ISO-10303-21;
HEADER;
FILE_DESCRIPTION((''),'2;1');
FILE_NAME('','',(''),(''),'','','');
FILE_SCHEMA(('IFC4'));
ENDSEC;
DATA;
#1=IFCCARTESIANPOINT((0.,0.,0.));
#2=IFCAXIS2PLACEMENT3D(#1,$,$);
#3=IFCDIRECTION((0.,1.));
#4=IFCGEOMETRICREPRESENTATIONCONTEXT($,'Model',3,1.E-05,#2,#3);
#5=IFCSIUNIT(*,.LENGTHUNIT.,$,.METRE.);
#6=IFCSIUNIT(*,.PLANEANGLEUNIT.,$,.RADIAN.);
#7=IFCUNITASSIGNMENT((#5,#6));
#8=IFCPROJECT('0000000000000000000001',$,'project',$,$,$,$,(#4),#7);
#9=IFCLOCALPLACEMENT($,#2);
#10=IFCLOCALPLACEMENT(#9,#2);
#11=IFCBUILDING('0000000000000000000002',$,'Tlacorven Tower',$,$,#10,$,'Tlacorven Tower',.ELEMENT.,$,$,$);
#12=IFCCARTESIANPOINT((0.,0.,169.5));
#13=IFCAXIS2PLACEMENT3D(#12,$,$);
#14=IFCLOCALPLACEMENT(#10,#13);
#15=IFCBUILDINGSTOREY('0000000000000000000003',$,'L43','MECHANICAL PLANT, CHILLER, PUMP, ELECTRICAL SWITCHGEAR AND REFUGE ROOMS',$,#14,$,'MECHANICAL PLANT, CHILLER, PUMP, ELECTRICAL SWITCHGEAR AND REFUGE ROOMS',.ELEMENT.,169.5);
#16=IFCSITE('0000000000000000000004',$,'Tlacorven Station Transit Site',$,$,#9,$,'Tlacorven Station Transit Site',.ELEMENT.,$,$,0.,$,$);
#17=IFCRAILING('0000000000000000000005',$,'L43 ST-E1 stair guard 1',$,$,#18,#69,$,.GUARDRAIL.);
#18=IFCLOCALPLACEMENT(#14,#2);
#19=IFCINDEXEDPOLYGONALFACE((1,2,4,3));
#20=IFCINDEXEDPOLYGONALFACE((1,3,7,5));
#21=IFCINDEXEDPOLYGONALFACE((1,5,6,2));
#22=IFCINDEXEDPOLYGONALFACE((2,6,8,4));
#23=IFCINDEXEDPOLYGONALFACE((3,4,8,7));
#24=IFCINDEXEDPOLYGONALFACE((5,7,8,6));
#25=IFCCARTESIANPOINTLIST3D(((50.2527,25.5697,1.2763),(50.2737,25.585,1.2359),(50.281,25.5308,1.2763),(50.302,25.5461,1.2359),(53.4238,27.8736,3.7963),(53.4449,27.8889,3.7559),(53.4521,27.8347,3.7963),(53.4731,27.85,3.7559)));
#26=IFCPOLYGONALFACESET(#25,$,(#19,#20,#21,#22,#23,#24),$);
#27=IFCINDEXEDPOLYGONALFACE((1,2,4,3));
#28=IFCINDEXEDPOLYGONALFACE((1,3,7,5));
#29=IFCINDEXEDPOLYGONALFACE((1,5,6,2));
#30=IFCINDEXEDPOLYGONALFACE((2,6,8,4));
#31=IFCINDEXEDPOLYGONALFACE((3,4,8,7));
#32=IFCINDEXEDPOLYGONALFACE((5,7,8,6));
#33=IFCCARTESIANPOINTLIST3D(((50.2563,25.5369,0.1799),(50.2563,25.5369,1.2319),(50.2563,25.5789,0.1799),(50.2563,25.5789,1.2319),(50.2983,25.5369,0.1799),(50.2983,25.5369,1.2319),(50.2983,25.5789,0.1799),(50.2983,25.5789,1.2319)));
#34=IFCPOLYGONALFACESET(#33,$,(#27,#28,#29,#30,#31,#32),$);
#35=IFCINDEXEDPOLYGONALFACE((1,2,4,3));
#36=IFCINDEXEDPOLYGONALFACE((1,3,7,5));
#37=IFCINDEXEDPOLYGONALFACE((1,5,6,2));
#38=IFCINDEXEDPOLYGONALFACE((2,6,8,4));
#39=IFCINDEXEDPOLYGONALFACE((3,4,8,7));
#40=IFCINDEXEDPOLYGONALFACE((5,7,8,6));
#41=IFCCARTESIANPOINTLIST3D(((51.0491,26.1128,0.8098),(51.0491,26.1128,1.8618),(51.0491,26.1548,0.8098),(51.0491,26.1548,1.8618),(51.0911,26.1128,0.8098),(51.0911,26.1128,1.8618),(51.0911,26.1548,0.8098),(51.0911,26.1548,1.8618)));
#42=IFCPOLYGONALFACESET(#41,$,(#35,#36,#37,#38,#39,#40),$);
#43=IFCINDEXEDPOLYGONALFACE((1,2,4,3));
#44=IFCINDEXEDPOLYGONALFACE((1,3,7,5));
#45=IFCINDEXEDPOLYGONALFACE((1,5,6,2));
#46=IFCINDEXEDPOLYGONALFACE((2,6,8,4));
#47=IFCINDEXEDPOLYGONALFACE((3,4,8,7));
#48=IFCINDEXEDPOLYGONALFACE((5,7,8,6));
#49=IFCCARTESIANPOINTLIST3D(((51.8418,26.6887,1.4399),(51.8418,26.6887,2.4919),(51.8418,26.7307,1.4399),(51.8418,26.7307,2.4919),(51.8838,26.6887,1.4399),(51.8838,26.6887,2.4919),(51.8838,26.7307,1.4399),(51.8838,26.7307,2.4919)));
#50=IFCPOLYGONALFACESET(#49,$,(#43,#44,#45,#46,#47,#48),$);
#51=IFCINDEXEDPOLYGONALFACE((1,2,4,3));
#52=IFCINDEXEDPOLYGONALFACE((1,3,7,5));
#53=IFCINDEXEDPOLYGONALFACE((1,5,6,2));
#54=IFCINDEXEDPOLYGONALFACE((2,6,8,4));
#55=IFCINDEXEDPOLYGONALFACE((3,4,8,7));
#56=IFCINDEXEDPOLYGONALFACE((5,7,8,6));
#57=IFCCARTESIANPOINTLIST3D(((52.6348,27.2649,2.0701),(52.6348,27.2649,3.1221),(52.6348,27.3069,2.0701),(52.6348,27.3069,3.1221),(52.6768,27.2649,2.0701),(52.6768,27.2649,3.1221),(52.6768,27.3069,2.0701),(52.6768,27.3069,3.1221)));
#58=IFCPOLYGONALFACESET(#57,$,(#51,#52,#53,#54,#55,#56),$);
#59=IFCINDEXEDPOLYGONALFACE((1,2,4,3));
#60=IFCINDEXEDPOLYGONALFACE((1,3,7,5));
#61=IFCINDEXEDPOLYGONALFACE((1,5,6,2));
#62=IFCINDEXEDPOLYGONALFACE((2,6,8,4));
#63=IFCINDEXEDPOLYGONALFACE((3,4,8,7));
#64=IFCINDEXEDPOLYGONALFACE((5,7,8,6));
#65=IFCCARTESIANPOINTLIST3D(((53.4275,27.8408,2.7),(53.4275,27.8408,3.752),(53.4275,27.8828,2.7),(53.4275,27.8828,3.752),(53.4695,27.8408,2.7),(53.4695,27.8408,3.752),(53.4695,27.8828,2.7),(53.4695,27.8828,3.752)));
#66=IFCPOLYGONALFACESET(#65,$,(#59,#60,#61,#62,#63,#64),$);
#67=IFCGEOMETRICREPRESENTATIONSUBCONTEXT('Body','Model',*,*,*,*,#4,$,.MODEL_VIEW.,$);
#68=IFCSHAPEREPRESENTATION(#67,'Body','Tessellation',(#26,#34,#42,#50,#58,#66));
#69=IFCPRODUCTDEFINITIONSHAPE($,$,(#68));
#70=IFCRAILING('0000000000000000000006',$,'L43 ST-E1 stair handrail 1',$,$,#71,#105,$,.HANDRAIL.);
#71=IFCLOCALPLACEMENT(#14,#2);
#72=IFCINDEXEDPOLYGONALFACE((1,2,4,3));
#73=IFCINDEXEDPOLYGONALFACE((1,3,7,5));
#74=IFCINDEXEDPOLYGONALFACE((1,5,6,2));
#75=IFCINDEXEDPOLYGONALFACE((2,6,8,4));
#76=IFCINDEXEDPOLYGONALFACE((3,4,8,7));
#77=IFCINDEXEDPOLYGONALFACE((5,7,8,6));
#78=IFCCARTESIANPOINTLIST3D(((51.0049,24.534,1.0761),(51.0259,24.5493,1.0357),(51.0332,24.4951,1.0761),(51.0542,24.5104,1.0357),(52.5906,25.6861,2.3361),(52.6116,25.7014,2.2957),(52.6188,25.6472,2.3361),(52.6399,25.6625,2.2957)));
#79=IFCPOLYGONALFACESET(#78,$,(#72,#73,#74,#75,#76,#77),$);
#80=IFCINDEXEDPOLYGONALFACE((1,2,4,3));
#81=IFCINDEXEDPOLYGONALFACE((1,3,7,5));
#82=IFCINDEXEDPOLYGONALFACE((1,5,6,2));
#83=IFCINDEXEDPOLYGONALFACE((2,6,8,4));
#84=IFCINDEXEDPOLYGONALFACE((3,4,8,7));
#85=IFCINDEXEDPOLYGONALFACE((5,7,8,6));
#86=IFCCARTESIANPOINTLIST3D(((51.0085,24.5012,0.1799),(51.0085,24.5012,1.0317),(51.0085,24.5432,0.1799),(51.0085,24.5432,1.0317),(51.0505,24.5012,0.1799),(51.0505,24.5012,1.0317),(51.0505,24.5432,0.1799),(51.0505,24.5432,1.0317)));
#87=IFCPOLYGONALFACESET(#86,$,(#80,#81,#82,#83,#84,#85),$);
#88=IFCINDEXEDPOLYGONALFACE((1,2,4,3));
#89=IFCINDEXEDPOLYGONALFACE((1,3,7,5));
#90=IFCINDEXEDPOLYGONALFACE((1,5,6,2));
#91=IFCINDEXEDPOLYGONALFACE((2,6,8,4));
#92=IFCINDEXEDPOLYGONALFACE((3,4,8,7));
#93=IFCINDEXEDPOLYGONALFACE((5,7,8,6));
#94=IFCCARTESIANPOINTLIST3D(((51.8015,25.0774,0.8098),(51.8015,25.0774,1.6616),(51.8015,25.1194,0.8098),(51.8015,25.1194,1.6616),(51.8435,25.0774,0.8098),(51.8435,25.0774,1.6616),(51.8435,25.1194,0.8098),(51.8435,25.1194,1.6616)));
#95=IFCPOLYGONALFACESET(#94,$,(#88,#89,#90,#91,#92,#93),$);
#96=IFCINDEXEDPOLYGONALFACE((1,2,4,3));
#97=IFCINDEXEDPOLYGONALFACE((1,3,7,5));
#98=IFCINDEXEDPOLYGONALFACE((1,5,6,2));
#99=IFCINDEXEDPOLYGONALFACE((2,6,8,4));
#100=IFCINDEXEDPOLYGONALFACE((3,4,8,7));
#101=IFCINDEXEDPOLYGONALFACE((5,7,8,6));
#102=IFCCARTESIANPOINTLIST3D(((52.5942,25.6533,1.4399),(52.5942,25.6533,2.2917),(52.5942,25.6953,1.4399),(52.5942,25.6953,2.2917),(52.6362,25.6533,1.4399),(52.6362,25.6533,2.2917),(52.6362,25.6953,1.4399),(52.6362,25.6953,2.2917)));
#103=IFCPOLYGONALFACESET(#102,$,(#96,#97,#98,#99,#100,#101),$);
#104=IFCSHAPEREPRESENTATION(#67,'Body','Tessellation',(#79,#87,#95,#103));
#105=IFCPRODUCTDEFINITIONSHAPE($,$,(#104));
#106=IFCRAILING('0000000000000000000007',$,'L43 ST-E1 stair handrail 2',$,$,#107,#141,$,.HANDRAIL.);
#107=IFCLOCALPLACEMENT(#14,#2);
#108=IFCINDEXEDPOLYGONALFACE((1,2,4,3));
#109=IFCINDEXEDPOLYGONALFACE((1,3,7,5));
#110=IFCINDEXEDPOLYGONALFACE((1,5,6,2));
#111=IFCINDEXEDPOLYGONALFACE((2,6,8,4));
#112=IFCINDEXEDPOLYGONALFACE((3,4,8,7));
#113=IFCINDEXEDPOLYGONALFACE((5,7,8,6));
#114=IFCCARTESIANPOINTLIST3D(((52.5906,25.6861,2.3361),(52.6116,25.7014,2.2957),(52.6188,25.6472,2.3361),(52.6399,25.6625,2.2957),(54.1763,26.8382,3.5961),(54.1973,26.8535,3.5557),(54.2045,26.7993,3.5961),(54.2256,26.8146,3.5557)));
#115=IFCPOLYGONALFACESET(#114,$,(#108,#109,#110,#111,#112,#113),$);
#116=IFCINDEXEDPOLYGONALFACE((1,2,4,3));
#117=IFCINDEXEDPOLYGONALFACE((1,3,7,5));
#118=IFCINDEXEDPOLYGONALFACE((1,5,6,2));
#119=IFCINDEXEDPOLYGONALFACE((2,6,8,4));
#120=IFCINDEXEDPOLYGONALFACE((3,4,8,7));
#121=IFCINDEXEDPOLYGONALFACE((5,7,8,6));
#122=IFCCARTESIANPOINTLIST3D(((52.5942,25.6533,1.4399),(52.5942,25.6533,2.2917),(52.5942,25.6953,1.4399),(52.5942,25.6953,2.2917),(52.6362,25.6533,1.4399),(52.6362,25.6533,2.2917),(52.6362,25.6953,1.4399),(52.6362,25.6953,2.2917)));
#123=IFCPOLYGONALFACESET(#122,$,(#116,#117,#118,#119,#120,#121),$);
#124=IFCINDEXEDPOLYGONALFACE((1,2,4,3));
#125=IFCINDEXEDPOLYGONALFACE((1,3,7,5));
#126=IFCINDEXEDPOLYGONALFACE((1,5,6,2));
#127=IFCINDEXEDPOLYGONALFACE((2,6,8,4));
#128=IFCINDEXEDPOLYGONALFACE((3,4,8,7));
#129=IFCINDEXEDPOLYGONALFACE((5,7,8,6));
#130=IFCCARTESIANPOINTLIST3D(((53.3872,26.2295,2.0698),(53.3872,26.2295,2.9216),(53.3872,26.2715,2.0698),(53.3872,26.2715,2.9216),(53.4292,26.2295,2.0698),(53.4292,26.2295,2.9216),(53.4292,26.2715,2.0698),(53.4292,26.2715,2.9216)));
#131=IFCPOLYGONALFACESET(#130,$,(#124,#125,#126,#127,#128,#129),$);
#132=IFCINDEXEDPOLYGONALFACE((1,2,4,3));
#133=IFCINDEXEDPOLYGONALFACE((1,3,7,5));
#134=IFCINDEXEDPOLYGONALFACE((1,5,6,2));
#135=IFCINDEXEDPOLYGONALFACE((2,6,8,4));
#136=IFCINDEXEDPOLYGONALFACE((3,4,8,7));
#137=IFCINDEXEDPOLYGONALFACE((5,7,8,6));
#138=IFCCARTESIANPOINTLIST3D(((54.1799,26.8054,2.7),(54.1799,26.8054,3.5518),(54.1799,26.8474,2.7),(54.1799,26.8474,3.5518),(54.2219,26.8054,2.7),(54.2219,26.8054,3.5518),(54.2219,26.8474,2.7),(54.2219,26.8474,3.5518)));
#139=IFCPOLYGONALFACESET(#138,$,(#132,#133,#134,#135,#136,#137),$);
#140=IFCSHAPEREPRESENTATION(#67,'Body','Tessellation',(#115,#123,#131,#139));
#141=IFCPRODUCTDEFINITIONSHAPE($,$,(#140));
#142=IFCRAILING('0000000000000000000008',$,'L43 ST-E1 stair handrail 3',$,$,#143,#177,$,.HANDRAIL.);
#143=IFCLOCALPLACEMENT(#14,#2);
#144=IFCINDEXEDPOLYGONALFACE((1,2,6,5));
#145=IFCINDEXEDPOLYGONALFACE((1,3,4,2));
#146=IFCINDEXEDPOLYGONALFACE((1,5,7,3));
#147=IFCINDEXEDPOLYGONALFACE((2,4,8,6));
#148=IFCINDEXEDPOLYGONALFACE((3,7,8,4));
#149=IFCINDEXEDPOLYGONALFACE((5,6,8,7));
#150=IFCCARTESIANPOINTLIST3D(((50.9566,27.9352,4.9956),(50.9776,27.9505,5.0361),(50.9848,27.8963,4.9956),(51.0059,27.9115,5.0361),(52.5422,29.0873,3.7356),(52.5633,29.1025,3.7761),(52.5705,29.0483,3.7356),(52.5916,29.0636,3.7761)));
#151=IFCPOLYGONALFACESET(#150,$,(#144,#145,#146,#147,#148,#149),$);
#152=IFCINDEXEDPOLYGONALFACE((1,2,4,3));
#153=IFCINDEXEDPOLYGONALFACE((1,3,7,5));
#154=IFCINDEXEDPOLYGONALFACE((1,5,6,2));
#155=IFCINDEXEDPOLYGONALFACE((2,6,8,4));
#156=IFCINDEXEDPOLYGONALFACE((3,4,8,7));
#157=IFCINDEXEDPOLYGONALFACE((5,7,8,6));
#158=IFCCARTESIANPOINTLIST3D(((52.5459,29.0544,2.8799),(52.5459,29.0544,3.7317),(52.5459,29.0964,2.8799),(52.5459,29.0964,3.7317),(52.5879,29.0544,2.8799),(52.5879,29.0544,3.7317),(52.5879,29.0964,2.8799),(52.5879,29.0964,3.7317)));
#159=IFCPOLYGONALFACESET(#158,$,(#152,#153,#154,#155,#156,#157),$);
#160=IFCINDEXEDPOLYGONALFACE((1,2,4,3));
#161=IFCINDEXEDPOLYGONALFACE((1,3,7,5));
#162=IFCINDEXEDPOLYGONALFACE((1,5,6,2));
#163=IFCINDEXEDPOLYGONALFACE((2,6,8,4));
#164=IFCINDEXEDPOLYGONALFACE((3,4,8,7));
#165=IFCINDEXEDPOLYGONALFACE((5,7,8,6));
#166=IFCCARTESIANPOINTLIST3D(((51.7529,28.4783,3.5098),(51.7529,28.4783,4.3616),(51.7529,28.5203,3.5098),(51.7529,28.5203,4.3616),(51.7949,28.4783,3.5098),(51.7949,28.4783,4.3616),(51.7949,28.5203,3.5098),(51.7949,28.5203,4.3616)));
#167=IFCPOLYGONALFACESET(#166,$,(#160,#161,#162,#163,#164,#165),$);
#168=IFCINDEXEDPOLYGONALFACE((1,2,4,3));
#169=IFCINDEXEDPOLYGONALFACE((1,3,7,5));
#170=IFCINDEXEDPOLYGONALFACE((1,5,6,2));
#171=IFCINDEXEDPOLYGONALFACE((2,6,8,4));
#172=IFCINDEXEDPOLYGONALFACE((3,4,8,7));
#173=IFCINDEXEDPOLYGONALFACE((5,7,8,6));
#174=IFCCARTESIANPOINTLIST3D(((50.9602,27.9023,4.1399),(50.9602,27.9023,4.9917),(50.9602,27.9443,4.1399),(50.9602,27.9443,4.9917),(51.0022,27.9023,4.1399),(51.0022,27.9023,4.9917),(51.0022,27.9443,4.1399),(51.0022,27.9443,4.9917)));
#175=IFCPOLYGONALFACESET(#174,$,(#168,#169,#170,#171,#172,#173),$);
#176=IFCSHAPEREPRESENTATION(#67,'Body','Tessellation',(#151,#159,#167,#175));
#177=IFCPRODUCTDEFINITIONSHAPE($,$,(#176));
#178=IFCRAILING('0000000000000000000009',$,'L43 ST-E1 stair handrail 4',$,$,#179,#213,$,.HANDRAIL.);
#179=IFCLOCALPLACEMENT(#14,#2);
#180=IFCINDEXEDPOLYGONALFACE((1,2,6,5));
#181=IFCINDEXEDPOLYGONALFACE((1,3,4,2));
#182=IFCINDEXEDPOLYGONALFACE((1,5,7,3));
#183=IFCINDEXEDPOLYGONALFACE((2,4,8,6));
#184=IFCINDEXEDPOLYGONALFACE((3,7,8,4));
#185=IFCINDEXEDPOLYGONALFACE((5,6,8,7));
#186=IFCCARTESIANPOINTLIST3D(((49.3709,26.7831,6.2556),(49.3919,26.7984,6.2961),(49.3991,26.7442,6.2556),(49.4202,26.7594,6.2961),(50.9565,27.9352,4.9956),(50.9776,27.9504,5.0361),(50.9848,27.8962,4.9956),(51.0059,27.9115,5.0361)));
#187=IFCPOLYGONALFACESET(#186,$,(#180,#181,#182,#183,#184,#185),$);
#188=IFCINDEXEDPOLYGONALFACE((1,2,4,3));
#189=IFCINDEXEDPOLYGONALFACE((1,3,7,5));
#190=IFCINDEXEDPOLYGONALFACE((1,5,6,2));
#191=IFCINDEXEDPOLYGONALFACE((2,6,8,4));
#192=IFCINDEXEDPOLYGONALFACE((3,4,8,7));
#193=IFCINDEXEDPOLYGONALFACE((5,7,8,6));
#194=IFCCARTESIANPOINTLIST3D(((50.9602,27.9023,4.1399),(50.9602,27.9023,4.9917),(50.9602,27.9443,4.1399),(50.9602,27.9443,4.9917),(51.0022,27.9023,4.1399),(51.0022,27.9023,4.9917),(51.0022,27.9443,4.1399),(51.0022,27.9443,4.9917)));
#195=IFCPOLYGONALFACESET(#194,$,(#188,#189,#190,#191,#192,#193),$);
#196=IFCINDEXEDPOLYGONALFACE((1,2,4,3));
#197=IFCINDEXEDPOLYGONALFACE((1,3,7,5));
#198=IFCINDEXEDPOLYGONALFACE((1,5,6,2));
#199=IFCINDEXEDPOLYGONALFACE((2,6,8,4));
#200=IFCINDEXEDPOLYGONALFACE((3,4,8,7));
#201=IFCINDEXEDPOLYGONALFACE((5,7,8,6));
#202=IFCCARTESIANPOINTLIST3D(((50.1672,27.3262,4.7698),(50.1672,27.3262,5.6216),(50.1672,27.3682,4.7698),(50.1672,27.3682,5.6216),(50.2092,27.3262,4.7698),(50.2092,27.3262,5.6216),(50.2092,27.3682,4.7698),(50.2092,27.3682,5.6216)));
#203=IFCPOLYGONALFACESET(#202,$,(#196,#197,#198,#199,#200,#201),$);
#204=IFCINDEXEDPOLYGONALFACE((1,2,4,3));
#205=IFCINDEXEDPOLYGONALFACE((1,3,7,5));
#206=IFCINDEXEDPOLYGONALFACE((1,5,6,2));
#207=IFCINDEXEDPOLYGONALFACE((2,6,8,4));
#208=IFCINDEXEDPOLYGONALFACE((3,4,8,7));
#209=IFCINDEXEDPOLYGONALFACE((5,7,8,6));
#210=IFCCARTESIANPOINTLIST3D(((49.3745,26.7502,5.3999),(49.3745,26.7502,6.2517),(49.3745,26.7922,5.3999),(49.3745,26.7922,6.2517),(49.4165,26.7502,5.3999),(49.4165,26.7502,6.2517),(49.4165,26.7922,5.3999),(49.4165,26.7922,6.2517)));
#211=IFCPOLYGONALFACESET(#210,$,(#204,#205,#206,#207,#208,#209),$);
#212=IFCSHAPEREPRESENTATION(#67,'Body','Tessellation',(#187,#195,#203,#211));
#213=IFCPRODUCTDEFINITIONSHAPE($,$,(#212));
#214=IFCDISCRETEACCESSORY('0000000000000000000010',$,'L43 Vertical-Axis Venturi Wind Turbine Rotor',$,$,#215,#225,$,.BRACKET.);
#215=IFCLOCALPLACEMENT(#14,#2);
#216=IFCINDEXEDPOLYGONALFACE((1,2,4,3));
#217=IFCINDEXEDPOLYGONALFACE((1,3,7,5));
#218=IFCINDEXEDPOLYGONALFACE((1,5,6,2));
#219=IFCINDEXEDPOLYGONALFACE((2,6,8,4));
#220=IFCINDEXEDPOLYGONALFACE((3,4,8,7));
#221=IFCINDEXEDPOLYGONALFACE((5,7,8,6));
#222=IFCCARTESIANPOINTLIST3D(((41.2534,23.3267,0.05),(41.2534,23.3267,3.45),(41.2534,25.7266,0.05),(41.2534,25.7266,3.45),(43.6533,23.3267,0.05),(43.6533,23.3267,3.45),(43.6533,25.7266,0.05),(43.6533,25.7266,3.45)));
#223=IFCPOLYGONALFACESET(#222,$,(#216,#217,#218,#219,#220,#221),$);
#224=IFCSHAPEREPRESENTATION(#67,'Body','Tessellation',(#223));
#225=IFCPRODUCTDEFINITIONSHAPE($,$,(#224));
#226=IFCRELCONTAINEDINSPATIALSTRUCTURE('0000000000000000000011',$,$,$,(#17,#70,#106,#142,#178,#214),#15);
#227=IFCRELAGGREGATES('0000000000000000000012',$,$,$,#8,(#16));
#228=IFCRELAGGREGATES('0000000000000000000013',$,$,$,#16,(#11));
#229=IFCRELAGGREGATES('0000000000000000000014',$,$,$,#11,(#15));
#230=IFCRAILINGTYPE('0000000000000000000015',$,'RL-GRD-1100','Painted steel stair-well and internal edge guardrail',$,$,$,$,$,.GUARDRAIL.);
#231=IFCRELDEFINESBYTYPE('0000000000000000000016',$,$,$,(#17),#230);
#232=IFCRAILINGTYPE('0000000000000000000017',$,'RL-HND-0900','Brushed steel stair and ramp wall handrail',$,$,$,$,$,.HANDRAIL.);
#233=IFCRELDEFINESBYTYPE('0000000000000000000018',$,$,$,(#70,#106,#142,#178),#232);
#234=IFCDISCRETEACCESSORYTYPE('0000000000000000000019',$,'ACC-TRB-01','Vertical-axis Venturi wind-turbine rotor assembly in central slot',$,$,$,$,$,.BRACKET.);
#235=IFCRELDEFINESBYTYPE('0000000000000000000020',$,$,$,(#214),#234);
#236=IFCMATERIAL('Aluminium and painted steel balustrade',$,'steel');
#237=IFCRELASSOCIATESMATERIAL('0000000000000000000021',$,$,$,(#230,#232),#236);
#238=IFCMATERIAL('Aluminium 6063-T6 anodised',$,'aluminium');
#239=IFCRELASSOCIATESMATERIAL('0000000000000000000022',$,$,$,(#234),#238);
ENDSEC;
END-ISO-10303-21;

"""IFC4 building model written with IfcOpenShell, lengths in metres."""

from ifc_helpers import new_model, si_unit, direction, frame, origin, origin_2d, place, context, subcontext, project, spatial, rectangle, extrude, source, transform, mapped, material, type_object, element, save


model = new_model("IFC4")

# Units and contexts
model_context = context("Model", 3, precision=1e-05, world=origin(), true_north=direction((0.0, 1.0)))
body_context = subcontext(model_context, "Body", "Model", "MODEL_VIEW")
ifc_project = project(units=[si_unit("LENGTHUNIT", "METRE"), si_unit("PLANEANGLEUNIT", "RADIAN")], contexts=[model_context])

# Site, building, storey
site_placement = place(None, origin())
site = spatial("IfcSite", under=ifc_project, at=site_placement, Name="Tlacorven Station Transit Site", LongName="Tlacorven Station Transit Site", CompositionType="ELEMENT", RefElevation=0.0)
building_placement = place(site_placement, origin())
building = spatial("IfcBuilding", under=site, at=building_placement, Name="Tlacorven Tower", LongName="Tlacorven Tower", CompositionType="ELEMENT")
storey_placement = place(building_placement, frame((0.0, 0.0, 169.5)))
storey = spatial("IfcBuildingStorey", under=building, at=storey_placement, Name="L43", Description="MECHANICAL PLANT, CHILLER, PUMP, ELECTRICAL SWITCHGEAR AND REFUGE ROOMS", LongName="MECHANICAL PLANT, CHILLER, PUMP, ELECTRICAL SWITCHGEAR AND REFUGE ROOMS", CompositionType="ELEMENT", Elevation=169.5)

# Shared definitions
ifc_material_1 = material(Name="Aluminium 6063-T6 anodised", Category="aluminium")

# Railings
ifc_material_2 = material(Name="Aluminium and painted steel balustrade", Category="steel")
railing_type_1 = type_object("IfcRailingType", Name="RL-GRD-1100", Description="Painted steel stair-well and internal edge guardrail", PredefinedType="GUARDRAIL", material=ifc_material_2)
shared_shape_1 = source(origin(), body_context, "Body", "SweptSolid", [
    extrude(rectangle(XDim=0.0481, YDim=0.0481, at=origin_2d()), frame((0.0, 0.0, 1.0762), z_axis=(0.680514, 0.494419, 0.540786), x_axis=(-0.587783, 0.809019, 0.0)), (0.0, 0.0, 1.0), 4.6599),
    extrude(rectangle(XDim=0.042, YDim=0.042, at=origin_2d()), origin(), (0.0, 0.0, 1.0), 1.052),
    extrude(rectangle(XDim=0.042, YDim=0.042, at=origin_2d()), frame((0.7927, 0.5759, 0.6299)), (0.0, 0.0, 1.0), 1.052),
    extrude(rectangle(XDim=0.042, YDim=0.042, at=origin_2d()), frame((1.5854, 1.1519, 1.26)), (0.0, 0.0, 1.0), 1.052),
    extrude(rectangle(XDim=0.042, YDim=0.042, at=origin_2d()), frame((2.3784, 1.728, 1.8901)), (0.0, 0.0, 1.0), 1.052),
    extrude(rectangle(XDim=0.042, YDim=0.042, at=origin_2d()), frame((3.1711, 2.304, 2.52)), (0.0, 0.0, 1.0), 1.052),
])
railing_1_placement = place(storey_placement, frame((50.2773, 25.5579, 0.1799)))
element("IfcRailing", 1, at=railing_1_placement, inside=storey, type_object=railing_type_1, Name="L43 ST-E1 stair guard 1", PredefinedType="GUARDRAIL", context=body_context, shape_type="MappedRepresentation", body=[
    mapped(shared_shape_1, transform((0.0, 0.0, 0.0), scale=1.0)),
])
railing_type_2 = type_object("IfcRailingType", Name="RL-HND-0900", Description="Brushed steel stair and ramp wall handrail", PredefinedType="HANDRAIL", material=ifc_material_2)
shared_shape_2 = source(origin(), body_context, "Body", "SweptSolid", [
    extrude(rectangle(XDim=0.0481, YDim=0.0481, at=origin_2d()), frame((0.0, 0.0, 0.876), z_axis=(0.680525, 0.494441, 0.540753), x_axis=(-0.587794, 0.809011, 0.0)), (0.0, 0.0, 1.0), 2.3301),
    extrude(rectangle(XDim=0.042, YDim=0.042, at=origin_2d()), origin(), (0.0, 0.0, 1.0), 0.8518),
    extrude(rectangle(XDim=0.042, YDim=0.042, at=origin_2d()), frame((0.793, 0.5762, 0.6299)), (0.0, 0.0, 1.0), 0.8518),
    extrude(rectangle(XDim=0.042, YDim=0.042, at=origin_2d()), frame((1.5857, 1.1521, 1.26)), (0.0, 0.0, 1.0), 0.8518),
])
for number, where, name in (
    (2, (51.0295, 24.5222, 0.1799), "L43 ST-E1 stair handrail 1"),
    (3, (52.6152, 25.6743, 1.4399), "L43 ST-E1 stair handrail 2"),
):
    element("IfcRailing", number, at=place(storey_placement, frame(where)), inside=storey, type_object=railing_type_2, Name=name, PredefinedType="HANDRAIL", context=body_context, shape_type="MappedRepresentation", body=[
        mapped(shared_shape_2, transform((0.0, 0.0, 0.0), scale=1.0)),
    ])
shared_shape_3 = source(origin(), body_context, "Body", "SweptSolid", [
    extrude(rectangle(XDim=0.0481, YDim=0.0481, at=origin_2d()), frame((0.0, 0.0, 0.876), z_axis=(-0.680525, -0.494441, 0.540753), x_axis=(0.587794, -0.809011, 0.0)), (0.0, 0.0, 1.0), 2.3301),
    extrude(rectangle(XDim=0.042, YDim=0.042, at=origin_2d()), origin(), (0.0, 0.0, 1.0), 0.8518),
    extrude(rectangle(XDim=0.042, YDim=0.042, at=origin_2d()), frame((-0.793, -0.5762, 0.6299)), (0.0, 0.0, 1.0), 0.8518),
    extrude(rectangle(XDim=0.042, YDim=0.042, at=origin_2d()), frame((-1.5857, -1.1521, 1.26)), (0.0, 0.0, 1.0), 0.8518),
])
for number, where, name in (
    (4, (52.5669, 29.0754, 2.8799), "L43 ST-E1 stair handrail 3"),
    (5, (50.9812, 27.9233, 4.1399), "L43 ST-E1 stair handrail 4"),
):
    element("IfcRailing", number, at=place(storey_placement, frame(where)), inside=storey, type_object=railing_type_2, Name=name, PredefinedType="HANDRAIL", context=body_context, shape_type="MappedRepresentation", body=[
        mapped(shared_shape_3, transform((0.0, 0.0, 0.0), scale=1.0)),
    ])

# Discrete accessory
discrete_accessory_type_1 = type_object("IfcDiscreteAccessoryType", Name="ACC-TRB-01", Description="Vertical-axis Venturi wind-turbine rotor assembly in central slot", PredefinedType="BRACKET", material=ifc_material_1)
shared_shape_4 = source(origin(), body_context, "Body", "SweptSolid", [
    extrude(rectangle(XDim=2.3999, YDim=2.3999, at=origin_2d()), origin(), (0.0, 0.0, 1.0), 3.3999),
])
discrete_accessory_1_placement = place(storey_placement, frame((42.4534, 24.5266, 0.05), z_axis=(0.0, 0.0, 1.0), x_axis=(1.0, 0.0, 0.0)))
element("IfcDiscreteAccessory", 6, at=discrete_accessory_1_placement, inside=storey, type_object=discrete_accessory_type_1, Name="L43 Vertical-Axis Venturi Wind Turbine Rotor", PredefinedType="BRACKET", context=body_context, shape_type="MappedRepresentation", body=[
    mapped(shared_shape_4, transform((0.0, 0.0, 0.0), scale=1.0)),
])

save(model, "model.ifc")
